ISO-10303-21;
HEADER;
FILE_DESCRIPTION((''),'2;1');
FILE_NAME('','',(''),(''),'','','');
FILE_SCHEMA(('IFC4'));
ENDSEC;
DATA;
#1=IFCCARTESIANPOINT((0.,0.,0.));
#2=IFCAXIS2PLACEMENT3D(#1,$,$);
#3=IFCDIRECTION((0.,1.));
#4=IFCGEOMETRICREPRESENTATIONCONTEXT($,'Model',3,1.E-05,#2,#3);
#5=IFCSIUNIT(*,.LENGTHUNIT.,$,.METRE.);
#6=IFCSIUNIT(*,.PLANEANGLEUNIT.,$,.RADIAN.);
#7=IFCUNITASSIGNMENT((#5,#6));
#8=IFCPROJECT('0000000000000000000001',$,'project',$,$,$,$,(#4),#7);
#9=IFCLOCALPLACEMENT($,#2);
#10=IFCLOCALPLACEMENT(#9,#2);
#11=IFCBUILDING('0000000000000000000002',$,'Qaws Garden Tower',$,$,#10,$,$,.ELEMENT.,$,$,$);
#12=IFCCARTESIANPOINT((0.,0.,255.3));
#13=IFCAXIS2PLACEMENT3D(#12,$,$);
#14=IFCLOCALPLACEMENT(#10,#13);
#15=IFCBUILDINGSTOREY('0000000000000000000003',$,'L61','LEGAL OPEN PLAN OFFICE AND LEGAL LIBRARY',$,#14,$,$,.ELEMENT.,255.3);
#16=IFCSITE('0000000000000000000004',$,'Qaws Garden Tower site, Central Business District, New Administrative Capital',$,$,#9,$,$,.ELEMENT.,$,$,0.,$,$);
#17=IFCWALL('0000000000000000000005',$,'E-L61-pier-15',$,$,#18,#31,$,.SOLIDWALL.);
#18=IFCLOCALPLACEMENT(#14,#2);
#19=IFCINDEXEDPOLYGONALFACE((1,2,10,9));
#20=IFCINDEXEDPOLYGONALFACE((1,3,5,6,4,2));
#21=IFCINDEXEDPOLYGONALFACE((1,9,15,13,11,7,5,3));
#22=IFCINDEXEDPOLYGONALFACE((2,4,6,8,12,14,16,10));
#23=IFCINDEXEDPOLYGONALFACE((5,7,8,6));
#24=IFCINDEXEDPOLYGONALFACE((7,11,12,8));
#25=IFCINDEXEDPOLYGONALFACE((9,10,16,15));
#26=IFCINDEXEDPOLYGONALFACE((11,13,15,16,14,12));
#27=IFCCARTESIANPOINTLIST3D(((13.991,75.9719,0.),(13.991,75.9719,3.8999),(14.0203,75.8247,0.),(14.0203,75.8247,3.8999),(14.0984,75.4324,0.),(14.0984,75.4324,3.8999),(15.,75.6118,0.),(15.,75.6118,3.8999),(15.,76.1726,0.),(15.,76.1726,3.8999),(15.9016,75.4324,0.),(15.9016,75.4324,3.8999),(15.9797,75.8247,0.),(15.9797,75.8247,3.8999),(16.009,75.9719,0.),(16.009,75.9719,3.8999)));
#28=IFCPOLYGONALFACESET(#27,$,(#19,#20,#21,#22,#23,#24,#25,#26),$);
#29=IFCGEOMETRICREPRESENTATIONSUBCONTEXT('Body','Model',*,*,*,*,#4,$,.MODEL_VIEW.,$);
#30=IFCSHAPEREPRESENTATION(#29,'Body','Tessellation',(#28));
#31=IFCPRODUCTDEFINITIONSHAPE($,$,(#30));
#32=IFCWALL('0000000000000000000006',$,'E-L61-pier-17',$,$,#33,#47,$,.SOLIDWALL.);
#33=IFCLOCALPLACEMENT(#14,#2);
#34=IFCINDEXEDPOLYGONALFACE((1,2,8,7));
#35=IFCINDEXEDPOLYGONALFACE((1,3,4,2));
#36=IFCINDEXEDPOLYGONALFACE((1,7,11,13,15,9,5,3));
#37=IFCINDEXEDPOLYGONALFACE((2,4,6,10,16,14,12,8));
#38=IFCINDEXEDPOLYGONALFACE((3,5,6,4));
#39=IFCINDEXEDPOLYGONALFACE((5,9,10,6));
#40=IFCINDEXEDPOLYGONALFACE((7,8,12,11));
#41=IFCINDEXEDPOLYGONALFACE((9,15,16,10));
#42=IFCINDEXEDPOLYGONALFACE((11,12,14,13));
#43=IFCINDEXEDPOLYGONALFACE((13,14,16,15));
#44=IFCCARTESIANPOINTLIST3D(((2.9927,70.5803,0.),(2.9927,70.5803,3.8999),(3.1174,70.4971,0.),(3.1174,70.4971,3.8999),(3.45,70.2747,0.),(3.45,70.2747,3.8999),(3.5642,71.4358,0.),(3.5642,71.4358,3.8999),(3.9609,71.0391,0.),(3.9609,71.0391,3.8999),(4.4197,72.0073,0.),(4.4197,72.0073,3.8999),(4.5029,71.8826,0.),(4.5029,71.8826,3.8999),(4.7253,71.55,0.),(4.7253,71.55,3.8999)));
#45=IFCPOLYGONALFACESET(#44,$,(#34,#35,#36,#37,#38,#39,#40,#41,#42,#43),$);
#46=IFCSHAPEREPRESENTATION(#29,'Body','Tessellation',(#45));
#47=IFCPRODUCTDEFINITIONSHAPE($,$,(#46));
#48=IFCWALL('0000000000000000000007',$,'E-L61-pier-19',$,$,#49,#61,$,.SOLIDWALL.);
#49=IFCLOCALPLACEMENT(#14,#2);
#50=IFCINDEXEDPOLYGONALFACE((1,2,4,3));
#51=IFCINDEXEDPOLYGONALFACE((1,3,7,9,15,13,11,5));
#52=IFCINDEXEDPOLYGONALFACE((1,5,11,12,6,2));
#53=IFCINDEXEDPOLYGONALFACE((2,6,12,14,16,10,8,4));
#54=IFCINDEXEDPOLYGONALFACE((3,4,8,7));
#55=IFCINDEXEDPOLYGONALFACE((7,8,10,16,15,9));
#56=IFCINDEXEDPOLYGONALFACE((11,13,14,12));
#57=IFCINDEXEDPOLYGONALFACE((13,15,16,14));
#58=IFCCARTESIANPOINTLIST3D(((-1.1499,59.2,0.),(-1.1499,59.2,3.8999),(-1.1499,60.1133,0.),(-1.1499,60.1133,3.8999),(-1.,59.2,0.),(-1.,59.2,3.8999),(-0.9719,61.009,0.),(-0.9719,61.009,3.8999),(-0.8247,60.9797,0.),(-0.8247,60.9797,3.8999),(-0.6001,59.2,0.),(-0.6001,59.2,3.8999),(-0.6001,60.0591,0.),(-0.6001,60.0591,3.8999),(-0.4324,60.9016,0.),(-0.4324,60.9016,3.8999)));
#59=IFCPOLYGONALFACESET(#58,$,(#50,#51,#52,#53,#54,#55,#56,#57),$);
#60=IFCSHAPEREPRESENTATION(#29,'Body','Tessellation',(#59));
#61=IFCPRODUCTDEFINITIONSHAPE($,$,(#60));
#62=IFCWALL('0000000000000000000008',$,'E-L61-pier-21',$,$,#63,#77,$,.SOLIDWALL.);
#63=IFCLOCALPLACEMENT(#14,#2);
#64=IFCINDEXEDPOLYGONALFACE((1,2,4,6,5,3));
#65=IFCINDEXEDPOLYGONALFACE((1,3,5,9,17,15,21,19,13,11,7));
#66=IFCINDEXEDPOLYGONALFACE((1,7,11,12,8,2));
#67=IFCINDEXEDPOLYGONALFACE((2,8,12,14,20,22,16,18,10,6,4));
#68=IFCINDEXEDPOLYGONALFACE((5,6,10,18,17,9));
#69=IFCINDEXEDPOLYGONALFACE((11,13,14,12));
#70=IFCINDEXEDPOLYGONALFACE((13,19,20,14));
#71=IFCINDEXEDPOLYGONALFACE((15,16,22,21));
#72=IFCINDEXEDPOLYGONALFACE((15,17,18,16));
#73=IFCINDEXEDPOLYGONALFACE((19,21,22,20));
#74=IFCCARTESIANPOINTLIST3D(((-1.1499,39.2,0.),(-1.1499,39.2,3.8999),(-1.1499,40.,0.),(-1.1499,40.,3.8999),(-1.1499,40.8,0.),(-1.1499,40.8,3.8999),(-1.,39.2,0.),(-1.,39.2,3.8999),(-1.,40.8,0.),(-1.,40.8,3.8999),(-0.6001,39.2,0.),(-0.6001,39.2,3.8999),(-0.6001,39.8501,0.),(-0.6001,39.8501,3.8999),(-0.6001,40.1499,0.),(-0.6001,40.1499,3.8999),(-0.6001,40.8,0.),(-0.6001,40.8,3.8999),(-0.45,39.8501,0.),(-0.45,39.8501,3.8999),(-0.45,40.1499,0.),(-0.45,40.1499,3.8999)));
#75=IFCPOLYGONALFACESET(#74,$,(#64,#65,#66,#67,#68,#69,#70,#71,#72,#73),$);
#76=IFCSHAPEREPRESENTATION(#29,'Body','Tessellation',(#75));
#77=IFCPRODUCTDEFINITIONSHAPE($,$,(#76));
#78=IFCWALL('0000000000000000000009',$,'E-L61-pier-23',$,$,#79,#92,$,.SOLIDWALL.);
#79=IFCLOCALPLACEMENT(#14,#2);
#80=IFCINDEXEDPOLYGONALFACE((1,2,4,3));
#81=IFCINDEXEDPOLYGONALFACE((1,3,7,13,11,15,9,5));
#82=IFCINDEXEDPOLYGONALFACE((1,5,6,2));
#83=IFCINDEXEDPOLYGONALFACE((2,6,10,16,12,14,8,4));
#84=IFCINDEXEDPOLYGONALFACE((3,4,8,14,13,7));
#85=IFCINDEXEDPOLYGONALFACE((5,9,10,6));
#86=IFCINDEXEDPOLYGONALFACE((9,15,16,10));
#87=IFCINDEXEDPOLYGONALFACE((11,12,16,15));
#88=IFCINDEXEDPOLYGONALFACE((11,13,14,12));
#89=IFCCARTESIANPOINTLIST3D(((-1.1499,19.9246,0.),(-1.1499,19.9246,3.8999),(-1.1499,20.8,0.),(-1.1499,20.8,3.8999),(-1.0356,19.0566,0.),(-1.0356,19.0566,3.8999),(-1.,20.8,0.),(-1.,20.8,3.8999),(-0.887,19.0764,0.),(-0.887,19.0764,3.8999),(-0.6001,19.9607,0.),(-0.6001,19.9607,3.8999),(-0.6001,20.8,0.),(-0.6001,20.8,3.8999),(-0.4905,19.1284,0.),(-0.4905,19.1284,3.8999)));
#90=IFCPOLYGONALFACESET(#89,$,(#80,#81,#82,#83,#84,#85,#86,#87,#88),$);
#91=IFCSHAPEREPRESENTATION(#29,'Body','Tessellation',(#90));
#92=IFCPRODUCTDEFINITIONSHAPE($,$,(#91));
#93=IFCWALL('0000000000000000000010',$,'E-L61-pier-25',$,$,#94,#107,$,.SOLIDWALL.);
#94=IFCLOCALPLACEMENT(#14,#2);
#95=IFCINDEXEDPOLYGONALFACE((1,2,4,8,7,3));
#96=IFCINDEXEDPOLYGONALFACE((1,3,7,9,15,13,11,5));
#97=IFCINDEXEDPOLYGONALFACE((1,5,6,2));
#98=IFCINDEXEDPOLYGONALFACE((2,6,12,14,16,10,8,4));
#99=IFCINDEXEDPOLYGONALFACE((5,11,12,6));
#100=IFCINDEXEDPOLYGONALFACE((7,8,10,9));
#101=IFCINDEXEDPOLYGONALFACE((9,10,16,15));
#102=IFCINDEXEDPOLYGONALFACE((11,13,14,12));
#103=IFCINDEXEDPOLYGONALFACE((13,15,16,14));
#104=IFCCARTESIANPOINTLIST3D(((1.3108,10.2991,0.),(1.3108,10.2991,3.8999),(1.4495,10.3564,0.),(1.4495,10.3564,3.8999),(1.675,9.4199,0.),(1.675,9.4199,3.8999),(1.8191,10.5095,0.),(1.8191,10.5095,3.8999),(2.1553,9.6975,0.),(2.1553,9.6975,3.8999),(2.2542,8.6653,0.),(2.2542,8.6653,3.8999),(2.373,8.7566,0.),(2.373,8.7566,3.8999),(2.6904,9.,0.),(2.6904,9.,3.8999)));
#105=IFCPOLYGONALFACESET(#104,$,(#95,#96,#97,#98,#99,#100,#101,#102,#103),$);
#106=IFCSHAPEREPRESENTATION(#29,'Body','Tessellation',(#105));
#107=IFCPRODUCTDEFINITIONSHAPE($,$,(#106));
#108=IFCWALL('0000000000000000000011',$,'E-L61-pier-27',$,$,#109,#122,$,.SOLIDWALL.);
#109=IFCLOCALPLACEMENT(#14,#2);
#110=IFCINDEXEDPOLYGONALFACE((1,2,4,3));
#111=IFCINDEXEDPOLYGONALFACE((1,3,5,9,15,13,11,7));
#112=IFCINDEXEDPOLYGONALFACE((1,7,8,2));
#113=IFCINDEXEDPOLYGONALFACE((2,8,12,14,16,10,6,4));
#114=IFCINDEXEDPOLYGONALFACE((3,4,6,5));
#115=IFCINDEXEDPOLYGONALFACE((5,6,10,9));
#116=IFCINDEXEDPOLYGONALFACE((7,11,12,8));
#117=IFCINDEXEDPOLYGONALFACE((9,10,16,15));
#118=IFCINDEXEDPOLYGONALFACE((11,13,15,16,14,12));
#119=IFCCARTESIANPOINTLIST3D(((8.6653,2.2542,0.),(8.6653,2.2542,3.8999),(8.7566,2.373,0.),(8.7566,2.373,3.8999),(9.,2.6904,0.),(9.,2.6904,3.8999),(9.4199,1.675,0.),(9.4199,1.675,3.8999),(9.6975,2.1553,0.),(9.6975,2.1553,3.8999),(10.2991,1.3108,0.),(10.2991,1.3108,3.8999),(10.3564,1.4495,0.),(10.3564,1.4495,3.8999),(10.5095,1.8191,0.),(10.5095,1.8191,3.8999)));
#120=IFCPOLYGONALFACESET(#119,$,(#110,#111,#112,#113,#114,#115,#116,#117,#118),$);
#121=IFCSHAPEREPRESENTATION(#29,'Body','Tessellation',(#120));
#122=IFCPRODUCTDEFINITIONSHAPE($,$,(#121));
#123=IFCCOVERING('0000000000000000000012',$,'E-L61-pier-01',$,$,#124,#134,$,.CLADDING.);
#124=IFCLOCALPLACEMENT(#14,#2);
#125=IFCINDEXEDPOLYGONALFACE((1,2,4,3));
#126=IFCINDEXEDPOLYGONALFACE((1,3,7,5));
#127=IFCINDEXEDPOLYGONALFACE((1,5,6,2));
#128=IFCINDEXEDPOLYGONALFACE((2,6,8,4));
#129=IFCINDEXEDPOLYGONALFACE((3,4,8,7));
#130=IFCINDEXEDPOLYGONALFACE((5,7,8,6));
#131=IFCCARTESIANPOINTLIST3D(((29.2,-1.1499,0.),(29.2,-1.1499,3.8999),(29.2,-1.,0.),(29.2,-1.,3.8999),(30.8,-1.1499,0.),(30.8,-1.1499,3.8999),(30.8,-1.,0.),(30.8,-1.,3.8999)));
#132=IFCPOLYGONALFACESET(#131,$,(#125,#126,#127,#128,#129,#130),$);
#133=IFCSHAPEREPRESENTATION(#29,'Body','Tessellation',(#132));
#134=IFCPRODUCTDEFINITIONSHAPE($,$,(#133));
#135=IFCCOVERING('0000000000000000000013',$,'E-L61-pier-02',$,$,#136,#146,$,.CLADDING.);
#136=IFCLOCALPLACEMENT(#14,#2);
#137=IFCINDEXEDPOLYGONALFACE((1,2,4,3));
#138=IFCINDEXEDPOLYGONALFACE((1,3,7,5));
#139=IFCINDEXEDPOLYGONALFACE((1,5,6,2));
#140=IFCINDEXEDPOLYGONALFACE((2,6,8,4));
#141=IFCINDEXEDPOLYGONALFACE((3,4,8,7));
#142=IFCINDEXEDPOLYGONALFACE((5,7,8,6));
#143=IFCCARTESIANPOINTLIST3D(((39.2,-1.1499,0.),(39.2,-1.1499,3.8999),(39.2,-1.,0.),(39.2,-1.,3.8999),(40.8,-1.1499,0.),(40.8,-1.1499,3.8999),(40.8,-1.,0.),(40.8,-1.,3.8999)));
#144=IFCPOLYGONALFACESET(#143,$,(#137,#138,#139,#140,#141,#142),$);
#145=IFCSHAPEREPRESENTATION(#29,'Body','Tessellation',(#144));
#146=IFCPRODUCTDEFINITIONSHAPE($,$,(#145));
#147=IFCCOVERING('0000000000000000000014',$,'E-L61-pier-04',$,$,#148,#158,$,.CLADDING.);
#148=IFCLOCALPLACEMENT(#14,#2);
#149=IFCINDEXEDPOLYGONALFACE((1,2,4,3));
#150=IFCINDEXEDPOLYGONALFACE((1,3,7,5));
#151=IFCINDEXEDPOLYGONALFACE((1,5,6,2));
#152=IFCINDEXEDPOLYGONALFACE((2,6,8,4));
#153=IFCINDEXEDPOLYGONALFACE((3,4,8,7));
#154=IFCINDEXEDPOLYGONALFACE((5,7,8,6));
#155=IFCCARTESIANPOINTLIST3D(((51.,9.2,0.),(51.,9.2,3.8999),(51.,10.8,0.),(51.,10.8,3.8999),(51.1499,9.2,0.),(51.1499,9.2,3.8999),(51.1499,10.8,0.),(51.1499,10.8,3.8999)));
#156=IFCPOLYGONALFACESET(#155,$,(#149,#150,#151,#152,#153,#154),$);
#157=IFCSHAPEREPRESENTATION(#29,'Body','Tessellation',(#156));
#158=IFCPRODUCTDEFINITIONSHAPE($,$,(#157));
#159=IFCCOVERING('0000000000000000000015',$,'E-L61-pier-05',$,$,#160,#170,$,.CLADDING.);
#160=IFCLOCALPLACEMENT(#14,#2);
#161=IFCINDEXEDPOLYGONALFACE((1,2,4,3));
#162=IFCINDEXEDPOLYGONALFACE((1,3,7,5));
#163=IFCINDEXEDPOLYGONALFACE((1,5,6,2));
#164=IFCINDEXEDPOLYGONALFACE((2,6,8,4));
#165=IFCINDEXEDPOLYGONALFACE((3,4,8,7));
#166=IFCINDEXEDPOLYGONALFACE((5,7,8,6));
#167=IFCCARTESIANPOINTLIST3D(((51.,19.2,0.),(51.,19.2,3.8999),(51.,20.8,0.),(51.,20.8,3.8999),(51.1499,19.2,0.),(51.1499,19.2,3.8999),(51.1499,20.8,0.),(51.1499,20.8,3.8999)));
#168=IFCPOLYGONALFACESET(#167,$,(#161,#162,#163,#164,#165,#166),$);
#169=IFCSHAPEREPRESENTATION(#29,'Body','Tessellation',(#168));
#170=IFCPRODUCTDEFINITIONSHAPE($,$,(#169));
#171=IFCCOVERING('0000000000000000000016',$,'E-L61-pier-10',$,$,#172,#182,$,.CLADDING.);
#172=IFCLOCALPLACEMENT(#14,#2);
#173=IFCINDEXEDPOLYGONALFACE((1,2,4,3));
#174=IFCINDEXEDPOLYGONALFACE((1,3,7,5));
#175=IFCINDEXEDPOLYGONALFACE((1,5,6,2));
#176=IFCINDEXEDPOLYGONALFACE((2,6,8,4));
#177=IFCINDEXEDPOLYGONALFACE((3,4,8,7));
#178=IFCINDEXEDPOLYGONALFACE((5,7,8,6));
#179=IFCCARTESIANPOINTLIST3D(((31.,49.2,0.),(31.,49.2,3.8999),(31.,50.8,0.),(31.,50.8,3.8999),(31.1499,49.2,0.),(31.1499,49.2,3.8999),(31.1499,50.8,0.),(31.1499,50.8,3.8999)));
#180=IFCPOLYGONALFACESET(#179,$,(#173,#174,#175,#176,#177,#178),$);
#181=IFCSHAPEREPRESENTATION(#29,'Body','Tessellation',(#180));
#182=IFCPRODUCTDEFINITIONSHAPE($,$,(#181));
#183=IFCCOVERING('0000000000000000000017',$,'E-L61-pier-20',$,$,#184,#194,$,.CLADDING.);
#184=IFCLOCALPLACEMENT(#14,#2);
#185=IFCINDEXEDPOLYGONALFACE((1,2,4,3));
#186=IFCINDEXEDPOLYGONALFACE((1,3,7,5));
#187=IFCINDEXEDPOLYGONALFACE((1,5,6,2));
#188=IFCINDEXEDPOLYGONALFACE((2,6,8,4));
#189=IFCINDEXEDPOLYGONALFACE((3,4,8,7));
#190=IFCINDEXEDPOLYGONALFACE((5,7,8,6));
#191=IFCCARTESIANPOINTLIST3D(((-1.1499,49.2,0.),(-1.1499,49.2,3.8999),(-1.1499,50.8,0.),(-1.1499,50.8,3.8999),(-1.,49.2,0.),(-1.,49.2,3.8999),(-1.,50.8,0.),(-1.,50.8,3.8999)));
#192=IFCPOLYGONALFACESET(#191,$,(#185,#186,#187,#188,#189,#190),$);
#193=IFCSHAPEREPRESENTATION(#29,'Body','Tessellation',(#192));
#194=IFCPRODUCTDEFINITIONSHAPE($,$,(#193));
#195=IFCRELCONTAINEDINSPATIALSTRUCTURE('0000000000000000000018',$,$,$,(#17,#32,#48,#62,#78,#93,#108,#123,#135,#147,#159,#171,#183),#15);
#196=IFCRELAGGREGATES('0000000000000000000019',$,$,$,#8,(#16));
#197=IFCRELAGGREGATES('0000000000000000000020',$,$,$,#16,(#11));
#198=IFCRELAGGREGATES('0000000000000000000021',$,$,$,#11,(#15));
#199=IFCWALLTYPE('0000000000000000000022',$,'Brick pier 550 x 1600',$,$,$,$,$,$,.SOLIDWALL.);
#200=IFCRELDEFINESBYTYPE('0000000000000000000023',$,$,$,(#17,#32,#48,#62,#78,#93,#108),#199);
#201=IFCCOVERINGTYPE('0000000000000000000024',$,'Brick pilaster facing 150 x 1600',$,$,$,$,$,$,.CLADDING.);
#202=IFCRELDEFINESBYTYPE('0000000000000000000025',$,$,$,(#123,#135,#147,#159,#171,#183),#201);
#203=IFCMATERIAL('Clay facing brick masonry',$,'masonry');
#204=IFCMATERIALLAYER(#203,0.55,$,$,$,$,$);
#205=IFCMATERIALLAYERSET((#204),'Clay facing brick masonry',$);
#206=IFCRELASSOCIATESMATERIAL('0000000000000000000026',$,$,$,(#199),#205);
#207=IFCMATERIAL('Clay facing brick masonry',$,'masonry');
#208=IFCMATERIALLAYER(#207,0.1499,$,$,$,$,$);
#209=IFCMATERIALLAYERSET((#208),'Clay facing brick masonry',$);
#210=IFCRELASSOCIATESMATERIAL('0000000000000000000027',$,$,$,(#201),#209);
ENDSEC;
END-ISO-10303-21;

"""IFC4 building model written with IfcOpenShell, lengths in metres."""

from ifc_helpers import new_model, si_unit, direction, frame, origin, place, context, subcontext, project, spatial, polyline, outline, extrude, material, layer, layer_set, type_object, element, save


model = new_model("IFC4")

# Units and contexts
model_context = context("Model", 3, precision=1e-05, world=origin(), true_north=direction((0.0, 1.0)))
body_context = subcontext(model_context, "Body", "Model", "MODEL_VIEW")
ifc_project = project(units=[si_unit("LENGTHUNIT", "METRE"), si_unit("PLANEANGLEUNIT", "RADIAN")], contexts=[model_context])

# Site, building, storey
site_placement = place(None, origin())
site = spatial("IfcSite", under=ifc_project, at=site_placement, Name="Qaws Garden Tower site, Central Business District, New Administrative Capital", CompositionType="ELEMENT", RefElevation=0.0)
building_placement = place(site_placement, origin())
building = spatial("IfcBuilding", under=site, at=building_placement, Name="Qaws Garden Tower", CompositionType="ELEMENT")
storey_placement = place(building_placement, frame((0.0, 0.0, 255.3)))
storey = spatial("IfcBuildingStorey", under=building, at=storey_placement, Name="L61", Description="LEGAL OPEN PLAN OFFICE AND LEGAL LIBRARY", CompositionType="ELEMENT", Elevation=255.3)

# Walls
placement = place(storey_placement, origin())
ifc_material_1 = material(Name="Clay facing brick masonry", Category="masonry")
ifc_layer_1 = layer(ifc_material_1, 0.55)
ifc_layer_set_1 = layer_set([ifc_layer_1], Name="Clay facing brick masonry")
wall_type_1 = type_object("IfcWallType", Name="Brick pier 550 x 1600", PredefinedType="SOLIDWALL", material=ifc_layer_set_1)
element("IfcWall", 1, at=placement, inside=storey, type_object=wall_type_1, Name="E-L61-pier-15", PredefinedType="SOLIDWALL", context=body_context, shape_type="SweptSolid", body=[
    extrude(outline(polyline([(15.9797, 75.8247), (16.009, 75.9719), (15.0, 76.1726), (13.991, 75.9719), (14.0203, 75.8247), (14.0984, 75.4324), (15.0, 75.6118), (15.9016, 75.4324), (15.9797, 75.8247)])), origin(), (0.0, 0.0, 1.0), 3.8999),
])
element("IfcWall", 2, at=placement, inside=storey, type_object=wall_type_1, Name="E-L61-pier-17", PredefinedType="SOLIDWALL", context=body_context, shape_type="SweptSolid", body=[
    extrude(outline(polyline([(4.5029, 71.8826), (4.4197, 72.0073), (3.5642, 71.4358), (2.9927, 70.5803), (3.1174, 70.4971), (3.45, 70.2747), (3.9609, 71.0391), (4.7253, 71.55), (4.5029, 71.8826)])), origin(), (0.0, 0.0, 1.0), 3.8999),
])
element("IfcWall", 3, at=placement, inside=storey, type_object=wall_type_1, Name="E-L61-pier-19", PredefinedType="SOLIDWALL", context=body_context, shape_type="SweptSolid", body=[
    extrude(outline(polyline([(-0.8247, 60.9797), (-0.9719, 61.009), (-1.1499, 60.1133), (-1.1499, 59.2), (-1.0, 59.2), (-0.6001, 59.2), (-0.6001, 60.0591), (-0.4324, 60.9016), (-0.8247, 60.9797)])), origin(), (0.0, 0.0, 1.0), 3.8999),
])
element("IfcWall", 4, at=placement, inside=storey, type_object=wall_type_1, Name="E-L61-pier-21", PredefinedType="SOLIDWALL", context=body_context, shape_type="SweptSolid", body=[
    extrude(outline(polyline([(-0.6001, 39.2), (-0.6001, 39.8501), (-0.45, 39.8501), (-0.45, 40.1499), (-0.6001, 40.1499), (-0.6001, 40.8), (-1.0, 40.8), (-1.1499, 40.8), (-1.1499, 40.0), (-1.1499, 39.2), (-1.0, 39.2), (-0.6001, 39.2)])), origin(), (0.0, 0.0, 1.0), 3.8999),
])
element("IfcWall", 5, at=placement, inside=storey, type_object=wall_type_1, Name="E-L61-pier-23", PredefinedType="SOLIDWALL", context=body_context, shape_type="SweptSolid", body=[
    extrude(outline(polyline([(-1.0, 20.8), (-1.1499, 20.8), (-1.1499, 19.9246), (-1.0356, 19.0566), (-0.887, 19.0764), (-0.4905, 19.1284), (-0.6001, 19.9607), (-0.6001, 20.8), (-1.0, 20.8)])), origin(), (0.0, 0.0, 1.0), 3.8999),
])
element("IfcWall", 6, at=placement, inside=storey, type_object=wall_type_1, Name="E-L61-pier-25", PredefinedType="SOLIDWALL", context=body_context, shape_type="SweptSolid", body=[
    extrude(outline(polyline([(1.4495, 10.3564), (1.3108, 10.2991), (1.675, 9.4199), (2.2542, 8.6653), (2.373, 8.7566), (2.6904, 9.0), (2.1553, 9.6975), (1.8191, 10.5095), (1.4495, 10.3564)])), origin(), (0.0, 0.0, 1.0), 3.8999),
])
element("IfcWall", 7, at=placement, inside=storey, type_object=wall_type_1, Name="E-L61-pier-27", PredefinedType="SOLIDWALL", context=body_context, shape_type="SweptSolid", body=[
    extrude(outline(polyline([(8.7566, 2.373), (8.6653, 2.2542), (9.4199, 1.675), (10.2991, 1.3108), (10.3564, 1.4495), (10.5095, 1.8191), (9.6975, 2.1553), (9.0, 2.6904), (8.7566, 2.373)])), origin(), (0.0, 0.0, 1.0), 3.8999),
])

# Coverings
ifc_material_2 = material(Name="Clay facing brick masonry", Category="masonry")
ifc_layer_2 = layer(ifc_material_2, 0.1499)
ifc_layer_set_2 = layer_set([ifc_layer_2], Name="Clay facing brick masonry")
covering_type = type_object("IfcCoveringType", Name="Brick pilaster facing 150 x 1600", PredefinedType="CLADDING", material=ifc_layer_set_2)
element("IfcCovering", 8, at=placement, inside=storey, type_object=covering_type, Name="E-L61-pier-01", PredefinedType="CLADDING", context=body_context, shape_type="SweptSolid", body=[
    extrude(outline(polyline([(29.2, -1.0), (30.8, -1.0), (30.8, -1.1499), (29.2, -1.1499), (29.2, -1.0)])), origin(), (0.0, 0.0, 1.0), 3.8999),
])
element("IfcCovering", 9, at=placement, inside=storey, type_object=covering_type, Name="E-L61-pier-02", PredefinedType="CLADDING", context=body_context, shape_type="SweptSolid", body=[
    extrude(outline(polyline([(39.2, -1.0), (40.8, -1.0), (40.8, -1.1499), (39.2, -1.1499), (39.2, -1.0)])), origin(), (0.0, 0.0, 1.0), 3.8999),
])
element("IfcCovering", 10, at=placement, inside=storey, type_object=covering_type, Name="E-L61-pier-04", PredefinedType="CLADDING", context=body_context, shape_type="SweptSolid", body=[
    extrude(outline(polyline([(51.0, 9.2), (51.0, 10.8), (51.1499, 10.8), (51.1499, 9.2), (51.0, 9.2)])), origin(), (0.0, 0.0, 1.0), 3.8999),
])
element("IfcCovering", 11, at=placement, inside=storey, type_object=covering_type, Name="E-L61-pier-05", PredefinedType="CLADDING", context=body_context, shape_type="SweptSolid", body=[
    extrude(outline(polyline([(51.0, 19.2), (51.0, 20.8), (51.1499, 20.8), (51.1499, 19.2), (51.0, 19.2)])), origin(), (0.0, 0.0, 1.0), 3.8999),
])
element("IfcCovering", 12, at=placement, inside=storey, type_object=covering_type, Name="E-L61-pier-10", PredefinedType="CLADDING", context=body_context, shape_type="SweptSolid", body=[
    extrude(outline(polyline([(31.0, 49.2), (31.0, 50.8), (31.1499, 50.8), (31.1499, 49.2), (31.0, 49.2)])), origin(), (0.0, 0.0, 1.0), 3.8999),
])
element("IfcCovering", 13, at=placement, inside=storey, type_object=covering_type, Name="E-L61-pier-20", PredefinedType="CLADDING", context=body_context, shape_type="SweptSolid", body=[
    extrude(outline(polyline([(-1.0, 50.8), (-1.0, 49.2), (-1.1499, 49.2), (-1.1499, 50.8), (-1.0, 50.8)])), origin(), (0.0, 0.0, 1.0), 3.8999),
])

save(model, "model.ifc")
